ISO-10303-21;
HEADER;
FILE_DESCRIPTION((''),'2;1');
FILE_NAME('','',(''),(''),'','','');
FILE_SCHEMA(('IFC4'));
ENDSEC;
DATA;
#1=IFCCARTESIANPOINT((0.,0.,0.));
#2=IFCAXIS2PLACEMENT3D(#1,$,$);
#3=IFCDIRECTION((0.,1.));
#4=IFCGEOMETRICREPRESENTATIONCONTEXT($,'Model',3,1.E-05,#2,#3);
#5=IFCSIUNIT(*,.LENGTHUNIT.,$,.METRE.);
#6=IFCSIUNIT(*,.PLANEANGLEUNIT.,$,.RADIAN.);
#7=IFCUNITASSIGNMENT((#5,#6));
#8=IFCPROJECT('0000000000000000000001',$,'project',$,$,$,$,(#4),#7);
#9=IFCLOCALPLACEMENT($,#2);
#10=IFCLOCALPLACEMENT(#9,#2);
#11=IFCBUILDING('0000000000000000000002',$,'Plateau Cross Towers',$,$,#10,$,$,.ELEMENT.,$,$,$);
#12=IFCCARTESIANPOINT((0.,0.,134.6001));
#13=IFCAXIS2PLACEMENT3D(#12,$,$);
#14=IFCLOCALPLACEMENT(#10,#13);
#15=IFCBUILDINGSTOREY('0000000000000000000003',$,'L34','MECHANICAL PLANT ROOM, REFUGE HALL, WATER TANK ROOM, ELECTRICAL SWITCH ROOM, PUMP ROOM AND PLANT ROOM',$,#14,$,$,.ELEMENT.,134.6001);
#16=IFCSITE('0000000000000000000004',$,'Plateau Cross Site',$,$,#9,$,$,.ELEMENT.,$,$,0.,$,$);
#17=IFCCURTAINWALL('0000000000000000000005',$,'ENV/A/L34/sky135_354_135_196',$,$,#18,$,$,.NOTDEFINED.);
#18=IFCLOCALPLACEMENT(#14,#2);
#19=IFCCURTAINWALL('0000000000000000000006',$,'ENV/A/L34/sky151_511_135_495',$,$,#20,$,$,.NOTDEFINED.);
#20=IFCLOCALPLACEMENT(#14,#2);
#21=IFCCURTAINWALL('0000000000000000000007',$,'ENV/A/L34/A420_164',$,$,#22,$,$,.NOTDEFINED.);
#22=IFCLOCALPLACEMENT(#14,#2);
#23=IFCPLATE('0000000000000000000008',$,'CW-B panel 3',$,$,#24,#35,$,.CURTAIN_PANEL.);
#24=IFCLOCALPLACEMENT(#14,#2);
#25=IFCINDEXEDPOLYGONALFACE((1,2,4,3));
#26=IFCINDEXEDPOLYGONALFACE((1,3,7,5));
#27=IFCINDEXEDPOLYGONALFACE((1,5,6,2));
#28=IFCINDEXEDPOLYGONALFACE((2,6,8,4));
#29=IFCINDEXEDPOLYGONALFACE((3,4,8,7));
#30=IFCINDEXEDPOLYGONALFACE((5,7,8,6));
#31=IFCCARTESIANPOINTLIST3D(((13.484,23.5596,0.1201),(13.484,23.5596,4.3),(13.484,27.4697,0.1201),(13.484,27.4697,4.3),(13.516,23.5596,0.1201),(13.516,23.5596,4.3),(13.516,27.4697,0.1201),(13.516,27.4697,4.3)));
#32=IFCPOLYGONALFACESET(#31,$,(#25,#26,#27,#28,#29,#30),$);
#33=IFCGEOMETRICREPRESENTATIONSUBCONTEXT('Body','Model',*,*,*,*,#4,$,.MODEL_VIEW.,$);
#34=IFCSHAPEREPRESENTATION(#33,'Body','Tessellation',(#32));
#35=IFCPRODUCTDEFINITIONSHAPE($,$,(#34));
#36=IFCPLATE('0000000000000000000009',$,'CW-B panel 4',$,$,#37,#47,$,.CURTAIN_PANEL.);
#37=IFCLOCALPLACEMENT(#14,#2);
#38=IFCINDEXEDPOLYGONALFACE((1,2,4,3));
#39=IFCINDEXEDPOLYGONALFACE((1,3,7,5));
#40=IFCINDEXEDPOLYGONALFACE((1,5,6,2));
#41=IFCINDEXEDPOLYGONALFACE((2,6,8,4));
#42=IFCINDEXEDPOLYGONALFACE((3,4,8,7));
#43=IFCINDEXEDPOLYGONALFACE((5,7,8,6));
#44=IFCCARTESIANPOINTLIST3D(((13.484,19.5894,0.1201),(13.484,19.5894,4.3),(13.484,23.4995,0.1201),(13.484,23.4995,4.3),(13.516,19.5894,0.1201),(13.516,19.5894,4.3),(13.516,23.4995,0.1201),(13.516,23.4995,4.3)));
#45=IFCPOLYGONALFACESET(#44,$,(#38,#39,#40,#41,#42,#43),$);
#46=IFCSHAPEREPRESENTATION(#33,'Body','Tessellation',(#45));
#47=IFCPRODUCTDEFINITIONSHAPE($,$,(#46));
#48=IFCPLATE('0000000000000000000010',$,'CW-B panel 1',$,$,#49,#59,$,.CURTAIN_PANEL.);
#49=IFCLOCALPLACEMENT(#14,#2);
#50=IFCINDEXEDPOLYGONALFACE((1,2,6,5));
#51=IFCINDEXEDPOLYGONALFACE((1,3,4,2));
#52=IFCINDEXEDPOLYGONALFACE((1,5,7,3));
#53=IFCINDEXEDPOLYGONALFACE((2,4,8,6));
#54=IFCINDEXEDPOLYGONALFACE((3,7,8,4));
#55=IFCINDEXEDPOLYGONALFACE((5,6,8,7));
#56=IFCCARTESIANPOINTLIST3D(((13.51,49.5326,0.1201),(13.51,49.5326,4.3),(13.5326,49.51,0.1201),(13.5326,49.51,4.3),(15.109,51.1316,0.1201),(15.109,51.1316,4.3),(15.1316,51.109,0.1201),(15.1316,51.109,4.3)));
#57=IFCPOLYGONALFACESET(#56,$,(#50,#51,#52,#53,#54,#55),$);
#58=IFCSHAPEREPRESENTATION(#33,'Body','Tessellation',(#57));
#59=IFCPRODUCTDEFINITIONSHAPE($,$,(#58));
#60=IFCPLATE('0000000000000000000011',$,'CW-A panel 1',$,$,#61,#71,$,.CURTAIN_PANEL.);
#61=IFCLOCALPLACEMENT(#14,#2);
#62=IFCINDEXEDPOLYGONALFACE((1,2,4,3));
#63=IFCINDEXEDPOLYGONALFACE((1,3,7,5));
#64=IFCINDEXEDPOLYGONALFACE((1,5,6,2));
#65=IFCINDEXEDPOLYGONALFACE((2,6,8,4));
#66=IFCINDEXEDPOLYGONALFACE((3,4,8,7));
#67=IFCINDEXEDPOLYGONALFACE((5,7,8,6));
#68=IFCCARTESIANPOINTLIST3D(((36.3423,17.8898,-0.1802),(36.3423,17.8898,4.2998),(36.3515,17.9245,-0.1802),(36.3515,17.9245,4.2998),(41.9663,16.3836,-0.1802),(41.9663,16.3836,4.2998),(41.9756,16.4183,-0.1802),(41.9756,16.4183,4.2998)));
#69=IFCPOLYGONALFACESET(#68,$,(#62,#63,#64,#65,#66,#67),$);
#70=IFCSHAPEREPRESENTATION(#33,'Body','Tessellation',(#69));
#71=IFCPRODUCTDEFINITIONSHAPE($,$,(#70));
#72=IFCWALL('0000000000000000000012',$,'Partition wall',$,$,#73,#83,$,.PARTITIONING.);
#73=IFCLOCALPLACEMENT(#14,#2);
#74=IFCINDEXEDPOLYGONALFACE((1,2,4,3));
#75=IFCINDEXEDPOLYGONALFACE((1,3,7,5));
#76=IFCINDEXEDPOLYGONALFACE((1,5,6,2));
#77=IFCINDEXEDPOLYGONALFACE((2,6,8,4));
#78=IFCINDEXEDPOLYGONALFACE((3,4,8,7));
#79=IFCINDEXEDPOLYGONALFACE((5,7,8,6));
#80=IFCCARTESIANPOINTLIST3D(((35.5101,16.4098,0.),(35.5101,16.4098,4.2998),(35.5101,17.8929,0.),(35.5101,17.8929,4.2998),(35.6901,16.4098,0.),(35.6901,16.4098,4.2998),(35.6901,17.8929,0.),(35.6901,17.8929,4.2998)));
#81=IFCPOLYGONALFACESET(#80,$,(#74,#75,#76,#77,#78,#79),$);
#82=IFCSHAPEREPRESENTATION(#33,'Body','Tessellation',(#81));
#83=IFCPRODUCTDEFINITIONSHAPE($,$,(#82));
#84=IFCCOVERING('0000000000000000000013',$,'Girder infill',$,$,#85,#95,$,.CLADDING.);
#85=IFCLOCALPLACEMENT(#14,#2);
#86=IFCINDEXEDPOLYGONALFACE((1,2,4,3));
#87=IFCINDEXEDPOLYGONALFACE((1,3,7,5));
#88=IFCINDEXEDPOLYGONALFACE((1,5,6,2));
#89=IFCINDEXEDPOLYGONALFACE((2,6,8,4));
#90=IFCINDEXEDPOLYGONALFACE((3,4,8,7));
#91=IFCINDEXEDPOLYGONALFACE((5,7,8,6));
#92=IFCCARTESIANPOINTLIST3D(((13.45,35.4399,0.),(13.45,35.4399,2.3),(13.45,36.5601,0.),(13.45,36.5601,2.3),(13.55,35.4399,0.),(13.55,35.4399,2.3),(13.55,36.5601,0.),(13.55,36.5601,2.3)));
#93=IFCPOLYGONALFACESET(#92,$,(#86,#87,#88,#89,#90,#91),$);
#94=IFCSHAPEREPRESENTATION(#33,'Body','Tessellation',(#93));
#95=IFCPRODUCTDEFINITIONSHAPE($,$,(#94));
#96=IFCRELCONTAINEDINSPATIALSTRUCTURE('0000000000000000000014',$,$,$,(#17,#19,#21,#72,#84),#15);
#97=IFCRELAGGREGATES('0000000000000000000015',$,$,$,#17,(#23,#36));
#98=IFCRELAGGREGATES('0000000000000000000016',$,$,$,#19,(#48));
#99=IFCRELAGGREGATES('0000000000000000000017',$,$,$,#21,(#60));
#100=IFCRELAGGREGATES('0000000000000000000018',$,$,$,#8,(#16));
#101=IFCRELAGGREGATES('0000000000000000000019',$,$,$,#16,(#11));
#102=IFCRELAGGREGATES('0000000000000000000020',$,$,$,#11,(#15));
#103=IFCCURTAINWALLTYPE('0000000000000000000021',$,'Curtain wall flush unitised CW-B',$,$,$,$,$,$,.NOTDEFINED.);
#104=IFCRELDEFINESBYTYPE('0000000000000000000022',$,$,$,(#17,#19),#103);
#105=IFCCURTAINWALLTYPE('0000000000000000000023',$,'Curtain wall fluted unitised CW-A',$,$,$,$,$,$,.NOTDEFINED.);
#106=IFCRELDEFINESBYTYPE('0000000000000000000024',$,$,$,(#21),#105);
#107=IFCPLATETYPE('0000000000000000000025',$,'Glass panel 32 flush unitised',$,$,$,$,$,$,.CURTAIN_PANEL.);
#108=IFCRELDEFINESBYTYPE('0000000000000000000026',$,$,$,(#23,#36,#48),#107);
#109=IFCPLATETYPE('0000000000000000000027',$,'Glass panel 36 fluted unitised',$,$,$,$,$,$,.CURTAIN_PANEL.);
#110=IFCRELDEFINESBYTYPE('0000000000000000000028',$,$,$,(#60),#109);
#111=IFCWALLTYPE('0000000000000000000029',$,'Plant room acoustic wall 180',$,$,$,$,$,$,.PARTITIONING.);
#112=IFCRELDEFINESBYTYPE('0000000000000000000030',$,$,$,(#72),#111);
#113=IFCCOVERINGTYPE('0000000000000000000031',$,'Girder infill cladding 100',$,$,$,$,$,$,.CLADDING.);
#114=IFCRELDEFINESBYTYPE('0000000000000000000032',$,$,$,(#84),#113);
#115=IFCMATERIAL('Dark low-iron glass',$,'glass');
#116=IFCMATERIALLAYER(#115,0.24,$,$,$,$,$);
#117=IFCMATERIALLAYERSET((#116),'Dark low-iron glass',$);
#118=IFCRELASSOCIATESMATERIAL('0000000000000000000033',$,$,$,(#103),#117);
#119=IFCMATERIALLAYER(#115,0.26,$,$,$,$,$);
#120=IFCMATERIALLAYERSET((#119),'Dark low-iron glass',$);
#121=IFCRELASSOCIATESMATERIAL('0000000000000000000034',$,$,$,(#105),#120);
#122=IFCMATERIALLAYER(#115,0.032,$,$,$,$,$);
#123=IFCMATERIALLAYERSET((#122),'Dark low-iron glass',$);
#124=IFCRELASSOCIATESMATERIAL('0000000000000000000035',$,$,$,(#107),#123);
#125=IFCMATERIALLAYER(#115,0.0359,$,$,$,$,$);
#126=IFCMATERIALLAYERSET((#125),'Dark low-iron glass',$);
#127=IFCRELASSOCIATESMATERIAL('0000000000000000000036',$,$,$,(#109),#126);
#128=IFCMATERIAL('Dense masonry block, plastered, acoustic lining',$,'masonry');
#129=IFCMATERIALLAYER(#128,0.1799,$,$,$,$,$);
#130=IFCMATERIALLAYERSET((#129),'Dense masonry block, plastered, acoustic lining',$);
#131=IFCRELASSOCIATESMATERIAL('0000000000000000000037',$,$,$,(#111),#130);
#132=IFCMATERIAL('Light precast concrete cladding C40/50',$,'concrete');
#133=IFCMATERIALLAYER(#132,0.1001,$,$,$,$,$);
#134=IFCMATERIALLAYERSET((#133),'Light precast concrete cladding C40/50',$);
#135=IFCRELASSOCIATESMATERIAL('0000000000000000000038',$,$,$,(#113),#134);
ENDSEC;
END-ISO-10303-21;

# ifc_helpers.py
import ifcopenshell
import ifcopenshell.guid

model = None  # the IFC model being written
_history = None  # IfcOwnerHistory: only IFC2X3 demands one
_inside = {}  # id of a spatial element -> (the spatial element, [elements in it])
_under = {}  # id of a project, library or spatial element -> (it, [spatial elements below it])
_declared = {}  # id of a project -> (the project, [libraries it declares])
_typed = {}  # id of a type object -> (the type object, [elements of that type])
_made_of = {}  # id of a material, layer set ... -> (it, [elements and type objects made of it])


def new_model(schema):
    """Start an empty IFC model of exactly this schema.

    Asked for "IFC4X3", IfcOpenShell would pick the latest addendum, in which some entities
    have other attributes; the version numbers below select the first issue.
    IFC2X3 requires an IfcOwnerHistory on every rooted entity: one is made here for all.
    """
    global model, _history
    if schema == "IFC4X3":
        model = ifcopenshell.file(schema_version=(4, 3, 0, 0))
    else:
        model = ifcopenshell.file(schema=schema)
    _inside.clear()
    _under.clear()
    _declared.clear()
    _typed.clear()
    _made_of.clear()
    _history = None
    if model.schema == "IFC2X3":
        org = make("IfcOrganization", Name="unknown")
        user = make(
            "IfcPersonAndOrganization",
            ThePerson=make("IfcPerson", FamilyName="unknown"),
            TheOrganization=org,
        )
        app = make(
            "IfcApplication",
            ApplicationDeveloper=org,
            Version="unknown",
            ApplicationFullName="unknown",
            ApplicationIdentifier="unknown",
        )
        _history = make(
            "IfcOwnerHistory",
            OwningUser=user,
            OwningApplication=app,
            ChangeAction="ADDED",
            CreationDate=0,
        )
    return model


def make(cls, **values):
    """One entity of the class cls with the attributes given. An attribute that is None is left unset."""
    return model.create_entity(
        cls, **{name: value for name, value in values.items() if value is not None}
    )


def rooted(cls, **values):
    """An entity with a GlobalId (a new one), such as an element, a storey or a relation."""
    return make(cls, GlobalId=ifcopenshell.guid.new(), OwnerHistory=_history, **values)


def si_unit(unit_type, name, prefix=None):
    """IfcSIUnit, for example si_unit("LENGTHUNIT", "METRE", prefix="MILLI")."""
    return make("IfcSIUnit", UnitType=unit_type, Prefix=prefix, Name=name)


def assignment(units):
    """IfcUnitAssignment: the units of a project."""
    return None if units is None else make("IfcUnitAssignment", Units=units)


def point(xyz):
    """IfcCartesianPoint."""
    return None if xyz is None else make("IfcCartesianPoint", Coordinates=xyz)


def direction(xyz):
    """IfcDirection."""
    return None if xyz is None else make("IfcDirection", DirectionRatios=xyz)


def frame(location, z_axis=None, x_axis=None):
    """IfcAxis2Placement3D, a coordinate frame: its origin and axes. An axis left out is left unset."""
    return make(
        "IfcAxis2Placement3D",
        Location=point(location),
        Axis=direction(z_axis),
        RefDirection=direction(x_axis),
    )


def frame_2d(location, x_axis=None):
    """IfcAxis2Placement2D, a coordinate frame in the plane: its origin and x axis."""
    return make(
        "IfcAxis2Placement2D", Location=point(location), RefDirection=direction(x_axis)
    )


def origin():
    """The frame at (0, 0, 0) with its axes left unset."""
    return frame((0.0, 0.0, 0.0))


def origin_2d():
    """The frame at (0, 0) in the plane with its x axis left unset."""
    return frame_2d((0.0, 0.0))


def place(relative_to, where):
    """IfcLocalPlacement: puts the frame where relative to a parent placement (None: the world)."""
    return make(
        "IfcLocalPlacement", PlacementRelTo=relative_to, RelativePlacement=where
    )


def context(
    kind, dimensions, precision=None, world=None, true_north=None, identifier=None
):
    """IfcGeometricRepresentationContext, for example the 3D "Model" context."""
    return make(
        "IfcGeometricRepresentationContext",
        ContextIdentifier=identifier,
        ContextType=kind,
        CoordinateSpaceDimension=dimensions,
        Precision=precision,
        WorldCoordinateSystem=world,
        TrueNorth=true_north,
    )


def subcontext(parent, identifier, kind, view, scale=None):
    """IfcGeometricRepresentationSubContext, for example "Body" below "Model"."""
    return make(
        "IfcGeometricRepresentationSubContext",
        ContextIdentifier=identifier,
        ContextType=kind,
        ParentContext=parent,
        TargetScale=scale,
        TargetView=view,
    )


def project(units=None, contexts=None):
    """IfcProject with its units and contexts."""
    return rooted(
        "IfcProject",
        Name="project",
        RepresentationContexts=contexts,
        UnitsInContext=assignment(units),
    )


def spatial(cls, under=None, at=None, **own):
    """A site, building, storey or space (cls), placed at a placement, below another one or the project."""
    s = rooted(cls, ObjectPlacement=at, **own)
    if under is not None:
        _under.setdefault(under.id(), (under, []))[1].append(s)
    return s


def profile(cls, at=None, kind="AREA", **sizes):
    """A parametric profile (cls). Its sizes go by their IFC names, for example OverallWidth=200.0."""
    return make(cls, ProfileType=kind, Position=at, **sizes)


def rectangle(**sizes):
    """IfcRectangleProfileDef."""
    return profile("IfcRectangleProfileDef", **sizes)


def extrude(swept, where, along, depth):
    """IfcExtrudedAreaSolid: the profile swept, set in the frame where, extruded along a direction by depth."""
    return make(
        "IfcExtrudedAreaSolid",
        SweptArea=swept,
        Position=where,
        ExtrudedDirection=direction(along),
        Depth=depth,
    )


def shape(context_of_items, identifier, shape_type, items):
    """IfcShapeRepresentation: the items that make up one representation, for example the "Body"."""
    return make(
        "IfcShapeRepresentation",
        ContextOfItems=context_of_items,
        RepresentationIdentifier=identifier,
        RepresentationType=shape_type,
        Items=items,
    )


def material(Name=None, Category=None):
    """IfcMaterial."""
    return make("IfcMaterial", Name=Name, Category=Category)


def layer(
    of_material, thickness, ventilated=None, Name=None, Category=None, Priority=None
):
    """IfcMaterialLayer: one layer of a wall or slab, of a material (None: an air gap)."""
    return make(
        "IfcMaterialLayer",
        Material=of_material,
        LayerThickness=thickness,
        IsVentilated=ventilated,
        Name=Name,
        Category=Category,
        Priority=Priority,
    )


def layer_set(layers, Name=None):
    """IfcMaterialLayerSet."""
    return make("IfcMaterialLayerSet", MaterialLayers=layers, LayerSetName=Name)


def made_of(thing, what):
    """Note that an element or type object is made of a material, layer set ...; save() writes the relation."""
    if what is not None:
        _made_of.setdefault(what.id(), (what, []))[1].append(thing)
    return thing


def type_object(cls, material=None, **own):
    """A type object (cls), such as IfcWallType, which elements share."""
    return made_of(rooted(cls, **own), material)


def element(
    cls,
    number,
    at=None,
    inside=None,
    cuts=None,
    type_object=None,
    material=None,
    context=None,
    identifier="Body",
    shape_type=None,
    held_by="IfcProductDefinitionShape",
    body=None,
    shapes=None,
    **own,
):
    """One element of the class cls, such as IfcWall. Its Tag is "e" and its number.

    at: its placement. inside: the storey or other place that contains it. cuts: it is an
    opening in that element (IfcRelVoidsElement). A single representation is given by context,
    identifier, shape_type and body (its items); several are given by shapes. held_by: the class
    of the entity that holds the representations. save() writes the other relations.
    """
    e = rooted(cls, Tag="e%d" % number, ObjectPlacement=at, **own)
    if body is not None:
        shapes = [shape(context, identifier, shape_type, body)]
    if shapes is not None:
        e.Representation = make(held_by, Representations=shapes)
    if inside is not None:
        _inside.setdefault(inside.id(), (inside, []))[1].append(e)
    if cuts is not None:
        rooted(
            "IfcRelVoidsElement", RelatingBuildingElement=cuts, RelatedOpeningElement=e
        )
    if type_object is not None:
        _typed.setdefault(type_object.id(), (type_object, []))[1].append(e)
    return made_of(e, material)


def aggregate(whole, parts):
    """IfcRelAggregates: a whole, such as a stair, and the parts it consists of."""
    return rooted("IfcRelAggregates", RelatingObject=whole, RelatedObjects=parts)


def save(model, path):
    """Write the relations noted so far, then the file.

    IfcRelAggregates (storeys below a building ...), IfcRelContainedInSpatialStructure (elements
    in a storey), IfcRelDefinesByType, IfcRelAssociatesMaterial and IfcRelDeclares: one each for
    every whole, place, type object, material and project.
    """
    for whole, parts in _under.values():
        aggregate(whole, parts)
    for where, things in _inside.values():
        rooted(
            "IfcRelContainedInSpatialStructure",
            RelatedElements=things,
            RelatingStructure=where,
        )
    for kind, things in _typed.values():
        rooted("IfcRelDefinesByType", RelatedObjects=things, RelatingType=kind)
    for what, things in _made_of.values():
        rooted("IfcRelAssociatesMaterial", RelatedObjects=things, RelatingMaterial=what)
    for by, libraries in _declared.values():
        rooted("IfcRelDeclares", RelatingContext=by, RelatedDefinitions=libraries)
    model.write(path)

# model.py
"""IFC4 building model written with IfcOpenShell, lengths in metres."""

from ifc_helpers import new_model, si_unit, direction, frame, frame_2d, origin, origin_2d, place, context, subcontext, project, spatial, rectangle, extrude, material, layer, layer_set, type_object, element, aggregate, save


model = new_model("IFC4")

# Units and contexts
model_context = context("Model", 3, precision=1e-05, world=origin(), true_north=direction((0.0, 1.0)))
body_context = subcontext(model_context, "Body", "Model", "MODEL_VIEW")
ifc_project = project(units=[si_unit("LENGTHUNIT", "METRE"), si_unit("PLANEANGLEUNIT", "RADIAN")], contexts=[model_context])

# Site, building, storey
site_placement = place(None, origin())
site = spatial("IfcSite", under=ifc_project, at=site_placement, Name="Plateau Cross Site", CompositionType="ELEMENT", RefElevation=0.0)
building_placement = place(site_placement, origin())
building = spatial("IfcBuilding", under=site, at=building_placement, Name="Plateau Cross Towers", CompositionType="ELEMENT")
storey_placement = place(building_placement, frame((0.0, 0.0, 134.6001)))
storey = spatial("IfcBuildingStorey", under=building, at=storey_placement, Name="L34", Description="MECHANICAL PLANT ROOM, REFUGE HALL, WATER TANK ROOM, ELECTRICAL SWITCH ROOM, PUMP ROOM AND PLANT ROOM", CompositionType="ELEMENT", Elevation=134.6001)

# Shared definitions
ifc_material_1 = material(Name="Dark low-iron glass", Category="glass")
ifc_layer_1 = layer(ifc_material_1, 0.24)
ifc_layer_set_1 = layer_set([ifc_layer_1], Name="Dark low-iron glass")
curtain_wall_type_1 = type_object("IfcCurtainWallType", Name="Curtain wall flush unitised CW-B", PredefinedType="NOTDEFINED", material=ifc_layer_set_1)

# Curtain wall
curtain_wall_1_placement = place(storey_placement, origin())
curtain_wall_1 = element("IfcCurtainWall", 1, at=curtain_wall_1_placement, inside=storey, type_object=curtain_wall_type_1, Name="ENV/A/L34/sky135_354_135_196", PredefinedType="NOTDEFINED")

# Curtain walls
curtain_wall_2_placement = place(storey_placement, origin())
curtain_wall_2 = element("IfcCurtainWall", 2, at=curtain_wall_2_placement, inside=storey, type_object=curtain_wall_type_1, Name="ENV/A/L34/sky151_511_135_495", PredefinedType="NOTDEFINED")
ifc_layer_2 = layer(ifc_material_1, 0.26)
ifc_layer_set_2 = layer_set([ifc_layer_2], Name="Dark low-iron glass")
curtain_wall_type_2 = type_object("IfcCurtainWallType", Name="Curtain wall fluted unitised CW-A", PredefinedType="NOTDEFINED", material=ifc_layer_set_2)
curtain_wall_3_placement = place(storey_placement, origin())
curtain_wall_3 = element("IfcCurtainWall", 3, at=curtain_wall_3_placement, inside=storey, type_object=curtain_wall_type_2, Name="ENV/A/L34/A420_164", PredefinedType="NOTDEFINED")

# Plates
ifc_layer_3 = layer(ifc_material_1, 0.032)
ifc_layer_set_3 = layer_set([ifc_layer_3], Name="Dark low-iron glass")
plate_type_1 = type_object("IfcPlateType", Name="Glass panel 32 flush unitised", PredefinedType="CURTAIN_PANEL", material=ifc_layer_set_3)
plate_1_placement = place(storey_placement, frame((13.5, 25.5146, 0.1201), z_axis=(0.0, 0.0, 1.0), x_axis=(0.0, -1.0, 0.0)))
plate_1 = element("IfcPlate", 4, at=plate_1_placement, type_object=plate_type_1, Name="CW-B panel 3", PredefinedType="CURTAIN_PANEL", context=body_context, shape_type="SweptSolid", body=[
    extrude(rectangle(XDim=3.9102, YDim=0.032, at=origin_2d()), origin(), (0.0, 0.0, 1.0), 4.1799),
])
plate_2_placement = place(storey_placement, frame((13.5, 21.5444, 0.1201), z_axis=(0.0, 0.0, 1.0), x_axis=(0.0, -1.0, 0.0)))
plate_2 = element("IfcPlate", 5, at=plate_2_placement, type_object=plate_type_1, Name="CW-B panel 4", PredefinedType="CURTAIN_PANEL", context=body_context, shape_type="SweptSolid", body=[
    extrude(rectangle(XDim=3.9102, YDim=0.032, at=origin_2d()), origin(), (0.0, 0.0, 1.0), 4.1799),
])
aggregate(curtain_wall_1, [plate_1, plate_2])
plate_3_placement = place(storey_placement, frame((14.3208, 50.3208, 0.1201), z_axis=(0.0, 0.0, 1.0), x_axis=(-0.707107, -0.707107, 0.0)))
plate_3 = element("IfcPlate", 6, at=plate_3_placement, type_object=plate_type_1, Name="CW-B panel 1", PredefinedType="CURTAIN_PANEL", context=body_context, shape_type="SweptSolid", body=[
    extrude(rectangle(XDim=2.2612, YDim=0.032, at=origin_2d()), origin(), (0.0, 0.0, 1.0), 4.1799),
])
aggregate(curtain_wall_2, [plate_3])
ifc_layer_4 = layer(ifc_material_1, 0.0359)
ifc_layer_set_4 = layer_set([ifc_layer_4], Name="Dark low-iron glass")
plate_type_2 = type_object("IfcPlateType", Name="Glass panel 36 fluted unitised", PredefinedType="CURTAIN_PANEL", material=ifc_layer_set_4)
plate_4_placement = place(storey_placement, frame((39.1589, 17.1541, -0.1802), z_axis=(0.0, 0.0, 1.0), x_axis=(-0.965958, 0.258699, 0.0)))
plate_4 = element("IfcPlate", 7, at=plate_4_placement, type_object=plate_type_2, Name="CW-A panel 1", PredefinedType="CURTAIN_PANEL", context=body_context, shape_type="SweptSolid", body=[
    extrude(rectangle(XDim=5.8223, YDim=0.0359, at=origin_2d()), origin(), (0.0, 0.0, 1.0), 4.48),
])
aggregate(curtain_wall_3, [plate_4])

# Wall
ifc_material_2 = material(Name="Dense masonry block, plastered, acoustic lining", Category="masonry")
ifc_layer_5 = layer(ifc_material_2, 0.1799)
ifc_layer_set_5 = layer_set([ifc_layer_5], Name="Dense masonry block, plastered, acoustic lining")
wall_type = type_object("IfcWallType", Name="Plant room acoustic wall 180", PredefinedType="PARTITIONING", material=ifc_layer_set_5)
wall_placement = place(storey_placement, frame((35.6001, 17.8931, 0.0), z_axis=(0.0, 0.0, 1.0), x_axis=(0.0, -1.0, 0.0)))
element("IfcWall", 8, at=wall_placement, inside=storey, type_object=wall_type, Name="Partition wall", PredefinedType="PARTITIONING", context=body_context, shape_type="SweptSolid", body=[
    extrude(rectangle(XDim=1.4832, YDim=0.1799, at=frame_2d((0.7417, 0.0))), origin(), (0.0, 0.0, 1.0), 4.2998),
])

# Covering
ifc_material_3 = material(Name="Light precast concrete cladding C40/50", Category="concrete")
ifc_layer_6 = layer(ifc_material_3, 0.1001)
ifc_layer_set_6 = layer_set([ifc_layer_6], Name="Light precast concrete cladding C40/50")
covering_type = type_object("IfcCoveringType", Name="Girder infill cladding 100", PredefinedType="CLADDING", material=ifc_layer_set_6)
covering_placement = place(storey_placement, frame((13.5, 36.0, 0.0), z_axis=(0.0, 0.0, 1.0), x_axis=(0.0, -1.0, 0.0)))
element("IfcCovering", 9, at=covering_placement, inside=storey, type_object=covering_type, Name="Girder infill", PredefinedType="CLADDING", context=body_context, shape_type="SweptSolid", body=[
    extrude(rectangle(XDim=1.1201, YDim=0.1001, at=origin_2d()), origin(), (0.0, 0.0, 1.0), 2.3),
])

save(model, "model.ifc")
